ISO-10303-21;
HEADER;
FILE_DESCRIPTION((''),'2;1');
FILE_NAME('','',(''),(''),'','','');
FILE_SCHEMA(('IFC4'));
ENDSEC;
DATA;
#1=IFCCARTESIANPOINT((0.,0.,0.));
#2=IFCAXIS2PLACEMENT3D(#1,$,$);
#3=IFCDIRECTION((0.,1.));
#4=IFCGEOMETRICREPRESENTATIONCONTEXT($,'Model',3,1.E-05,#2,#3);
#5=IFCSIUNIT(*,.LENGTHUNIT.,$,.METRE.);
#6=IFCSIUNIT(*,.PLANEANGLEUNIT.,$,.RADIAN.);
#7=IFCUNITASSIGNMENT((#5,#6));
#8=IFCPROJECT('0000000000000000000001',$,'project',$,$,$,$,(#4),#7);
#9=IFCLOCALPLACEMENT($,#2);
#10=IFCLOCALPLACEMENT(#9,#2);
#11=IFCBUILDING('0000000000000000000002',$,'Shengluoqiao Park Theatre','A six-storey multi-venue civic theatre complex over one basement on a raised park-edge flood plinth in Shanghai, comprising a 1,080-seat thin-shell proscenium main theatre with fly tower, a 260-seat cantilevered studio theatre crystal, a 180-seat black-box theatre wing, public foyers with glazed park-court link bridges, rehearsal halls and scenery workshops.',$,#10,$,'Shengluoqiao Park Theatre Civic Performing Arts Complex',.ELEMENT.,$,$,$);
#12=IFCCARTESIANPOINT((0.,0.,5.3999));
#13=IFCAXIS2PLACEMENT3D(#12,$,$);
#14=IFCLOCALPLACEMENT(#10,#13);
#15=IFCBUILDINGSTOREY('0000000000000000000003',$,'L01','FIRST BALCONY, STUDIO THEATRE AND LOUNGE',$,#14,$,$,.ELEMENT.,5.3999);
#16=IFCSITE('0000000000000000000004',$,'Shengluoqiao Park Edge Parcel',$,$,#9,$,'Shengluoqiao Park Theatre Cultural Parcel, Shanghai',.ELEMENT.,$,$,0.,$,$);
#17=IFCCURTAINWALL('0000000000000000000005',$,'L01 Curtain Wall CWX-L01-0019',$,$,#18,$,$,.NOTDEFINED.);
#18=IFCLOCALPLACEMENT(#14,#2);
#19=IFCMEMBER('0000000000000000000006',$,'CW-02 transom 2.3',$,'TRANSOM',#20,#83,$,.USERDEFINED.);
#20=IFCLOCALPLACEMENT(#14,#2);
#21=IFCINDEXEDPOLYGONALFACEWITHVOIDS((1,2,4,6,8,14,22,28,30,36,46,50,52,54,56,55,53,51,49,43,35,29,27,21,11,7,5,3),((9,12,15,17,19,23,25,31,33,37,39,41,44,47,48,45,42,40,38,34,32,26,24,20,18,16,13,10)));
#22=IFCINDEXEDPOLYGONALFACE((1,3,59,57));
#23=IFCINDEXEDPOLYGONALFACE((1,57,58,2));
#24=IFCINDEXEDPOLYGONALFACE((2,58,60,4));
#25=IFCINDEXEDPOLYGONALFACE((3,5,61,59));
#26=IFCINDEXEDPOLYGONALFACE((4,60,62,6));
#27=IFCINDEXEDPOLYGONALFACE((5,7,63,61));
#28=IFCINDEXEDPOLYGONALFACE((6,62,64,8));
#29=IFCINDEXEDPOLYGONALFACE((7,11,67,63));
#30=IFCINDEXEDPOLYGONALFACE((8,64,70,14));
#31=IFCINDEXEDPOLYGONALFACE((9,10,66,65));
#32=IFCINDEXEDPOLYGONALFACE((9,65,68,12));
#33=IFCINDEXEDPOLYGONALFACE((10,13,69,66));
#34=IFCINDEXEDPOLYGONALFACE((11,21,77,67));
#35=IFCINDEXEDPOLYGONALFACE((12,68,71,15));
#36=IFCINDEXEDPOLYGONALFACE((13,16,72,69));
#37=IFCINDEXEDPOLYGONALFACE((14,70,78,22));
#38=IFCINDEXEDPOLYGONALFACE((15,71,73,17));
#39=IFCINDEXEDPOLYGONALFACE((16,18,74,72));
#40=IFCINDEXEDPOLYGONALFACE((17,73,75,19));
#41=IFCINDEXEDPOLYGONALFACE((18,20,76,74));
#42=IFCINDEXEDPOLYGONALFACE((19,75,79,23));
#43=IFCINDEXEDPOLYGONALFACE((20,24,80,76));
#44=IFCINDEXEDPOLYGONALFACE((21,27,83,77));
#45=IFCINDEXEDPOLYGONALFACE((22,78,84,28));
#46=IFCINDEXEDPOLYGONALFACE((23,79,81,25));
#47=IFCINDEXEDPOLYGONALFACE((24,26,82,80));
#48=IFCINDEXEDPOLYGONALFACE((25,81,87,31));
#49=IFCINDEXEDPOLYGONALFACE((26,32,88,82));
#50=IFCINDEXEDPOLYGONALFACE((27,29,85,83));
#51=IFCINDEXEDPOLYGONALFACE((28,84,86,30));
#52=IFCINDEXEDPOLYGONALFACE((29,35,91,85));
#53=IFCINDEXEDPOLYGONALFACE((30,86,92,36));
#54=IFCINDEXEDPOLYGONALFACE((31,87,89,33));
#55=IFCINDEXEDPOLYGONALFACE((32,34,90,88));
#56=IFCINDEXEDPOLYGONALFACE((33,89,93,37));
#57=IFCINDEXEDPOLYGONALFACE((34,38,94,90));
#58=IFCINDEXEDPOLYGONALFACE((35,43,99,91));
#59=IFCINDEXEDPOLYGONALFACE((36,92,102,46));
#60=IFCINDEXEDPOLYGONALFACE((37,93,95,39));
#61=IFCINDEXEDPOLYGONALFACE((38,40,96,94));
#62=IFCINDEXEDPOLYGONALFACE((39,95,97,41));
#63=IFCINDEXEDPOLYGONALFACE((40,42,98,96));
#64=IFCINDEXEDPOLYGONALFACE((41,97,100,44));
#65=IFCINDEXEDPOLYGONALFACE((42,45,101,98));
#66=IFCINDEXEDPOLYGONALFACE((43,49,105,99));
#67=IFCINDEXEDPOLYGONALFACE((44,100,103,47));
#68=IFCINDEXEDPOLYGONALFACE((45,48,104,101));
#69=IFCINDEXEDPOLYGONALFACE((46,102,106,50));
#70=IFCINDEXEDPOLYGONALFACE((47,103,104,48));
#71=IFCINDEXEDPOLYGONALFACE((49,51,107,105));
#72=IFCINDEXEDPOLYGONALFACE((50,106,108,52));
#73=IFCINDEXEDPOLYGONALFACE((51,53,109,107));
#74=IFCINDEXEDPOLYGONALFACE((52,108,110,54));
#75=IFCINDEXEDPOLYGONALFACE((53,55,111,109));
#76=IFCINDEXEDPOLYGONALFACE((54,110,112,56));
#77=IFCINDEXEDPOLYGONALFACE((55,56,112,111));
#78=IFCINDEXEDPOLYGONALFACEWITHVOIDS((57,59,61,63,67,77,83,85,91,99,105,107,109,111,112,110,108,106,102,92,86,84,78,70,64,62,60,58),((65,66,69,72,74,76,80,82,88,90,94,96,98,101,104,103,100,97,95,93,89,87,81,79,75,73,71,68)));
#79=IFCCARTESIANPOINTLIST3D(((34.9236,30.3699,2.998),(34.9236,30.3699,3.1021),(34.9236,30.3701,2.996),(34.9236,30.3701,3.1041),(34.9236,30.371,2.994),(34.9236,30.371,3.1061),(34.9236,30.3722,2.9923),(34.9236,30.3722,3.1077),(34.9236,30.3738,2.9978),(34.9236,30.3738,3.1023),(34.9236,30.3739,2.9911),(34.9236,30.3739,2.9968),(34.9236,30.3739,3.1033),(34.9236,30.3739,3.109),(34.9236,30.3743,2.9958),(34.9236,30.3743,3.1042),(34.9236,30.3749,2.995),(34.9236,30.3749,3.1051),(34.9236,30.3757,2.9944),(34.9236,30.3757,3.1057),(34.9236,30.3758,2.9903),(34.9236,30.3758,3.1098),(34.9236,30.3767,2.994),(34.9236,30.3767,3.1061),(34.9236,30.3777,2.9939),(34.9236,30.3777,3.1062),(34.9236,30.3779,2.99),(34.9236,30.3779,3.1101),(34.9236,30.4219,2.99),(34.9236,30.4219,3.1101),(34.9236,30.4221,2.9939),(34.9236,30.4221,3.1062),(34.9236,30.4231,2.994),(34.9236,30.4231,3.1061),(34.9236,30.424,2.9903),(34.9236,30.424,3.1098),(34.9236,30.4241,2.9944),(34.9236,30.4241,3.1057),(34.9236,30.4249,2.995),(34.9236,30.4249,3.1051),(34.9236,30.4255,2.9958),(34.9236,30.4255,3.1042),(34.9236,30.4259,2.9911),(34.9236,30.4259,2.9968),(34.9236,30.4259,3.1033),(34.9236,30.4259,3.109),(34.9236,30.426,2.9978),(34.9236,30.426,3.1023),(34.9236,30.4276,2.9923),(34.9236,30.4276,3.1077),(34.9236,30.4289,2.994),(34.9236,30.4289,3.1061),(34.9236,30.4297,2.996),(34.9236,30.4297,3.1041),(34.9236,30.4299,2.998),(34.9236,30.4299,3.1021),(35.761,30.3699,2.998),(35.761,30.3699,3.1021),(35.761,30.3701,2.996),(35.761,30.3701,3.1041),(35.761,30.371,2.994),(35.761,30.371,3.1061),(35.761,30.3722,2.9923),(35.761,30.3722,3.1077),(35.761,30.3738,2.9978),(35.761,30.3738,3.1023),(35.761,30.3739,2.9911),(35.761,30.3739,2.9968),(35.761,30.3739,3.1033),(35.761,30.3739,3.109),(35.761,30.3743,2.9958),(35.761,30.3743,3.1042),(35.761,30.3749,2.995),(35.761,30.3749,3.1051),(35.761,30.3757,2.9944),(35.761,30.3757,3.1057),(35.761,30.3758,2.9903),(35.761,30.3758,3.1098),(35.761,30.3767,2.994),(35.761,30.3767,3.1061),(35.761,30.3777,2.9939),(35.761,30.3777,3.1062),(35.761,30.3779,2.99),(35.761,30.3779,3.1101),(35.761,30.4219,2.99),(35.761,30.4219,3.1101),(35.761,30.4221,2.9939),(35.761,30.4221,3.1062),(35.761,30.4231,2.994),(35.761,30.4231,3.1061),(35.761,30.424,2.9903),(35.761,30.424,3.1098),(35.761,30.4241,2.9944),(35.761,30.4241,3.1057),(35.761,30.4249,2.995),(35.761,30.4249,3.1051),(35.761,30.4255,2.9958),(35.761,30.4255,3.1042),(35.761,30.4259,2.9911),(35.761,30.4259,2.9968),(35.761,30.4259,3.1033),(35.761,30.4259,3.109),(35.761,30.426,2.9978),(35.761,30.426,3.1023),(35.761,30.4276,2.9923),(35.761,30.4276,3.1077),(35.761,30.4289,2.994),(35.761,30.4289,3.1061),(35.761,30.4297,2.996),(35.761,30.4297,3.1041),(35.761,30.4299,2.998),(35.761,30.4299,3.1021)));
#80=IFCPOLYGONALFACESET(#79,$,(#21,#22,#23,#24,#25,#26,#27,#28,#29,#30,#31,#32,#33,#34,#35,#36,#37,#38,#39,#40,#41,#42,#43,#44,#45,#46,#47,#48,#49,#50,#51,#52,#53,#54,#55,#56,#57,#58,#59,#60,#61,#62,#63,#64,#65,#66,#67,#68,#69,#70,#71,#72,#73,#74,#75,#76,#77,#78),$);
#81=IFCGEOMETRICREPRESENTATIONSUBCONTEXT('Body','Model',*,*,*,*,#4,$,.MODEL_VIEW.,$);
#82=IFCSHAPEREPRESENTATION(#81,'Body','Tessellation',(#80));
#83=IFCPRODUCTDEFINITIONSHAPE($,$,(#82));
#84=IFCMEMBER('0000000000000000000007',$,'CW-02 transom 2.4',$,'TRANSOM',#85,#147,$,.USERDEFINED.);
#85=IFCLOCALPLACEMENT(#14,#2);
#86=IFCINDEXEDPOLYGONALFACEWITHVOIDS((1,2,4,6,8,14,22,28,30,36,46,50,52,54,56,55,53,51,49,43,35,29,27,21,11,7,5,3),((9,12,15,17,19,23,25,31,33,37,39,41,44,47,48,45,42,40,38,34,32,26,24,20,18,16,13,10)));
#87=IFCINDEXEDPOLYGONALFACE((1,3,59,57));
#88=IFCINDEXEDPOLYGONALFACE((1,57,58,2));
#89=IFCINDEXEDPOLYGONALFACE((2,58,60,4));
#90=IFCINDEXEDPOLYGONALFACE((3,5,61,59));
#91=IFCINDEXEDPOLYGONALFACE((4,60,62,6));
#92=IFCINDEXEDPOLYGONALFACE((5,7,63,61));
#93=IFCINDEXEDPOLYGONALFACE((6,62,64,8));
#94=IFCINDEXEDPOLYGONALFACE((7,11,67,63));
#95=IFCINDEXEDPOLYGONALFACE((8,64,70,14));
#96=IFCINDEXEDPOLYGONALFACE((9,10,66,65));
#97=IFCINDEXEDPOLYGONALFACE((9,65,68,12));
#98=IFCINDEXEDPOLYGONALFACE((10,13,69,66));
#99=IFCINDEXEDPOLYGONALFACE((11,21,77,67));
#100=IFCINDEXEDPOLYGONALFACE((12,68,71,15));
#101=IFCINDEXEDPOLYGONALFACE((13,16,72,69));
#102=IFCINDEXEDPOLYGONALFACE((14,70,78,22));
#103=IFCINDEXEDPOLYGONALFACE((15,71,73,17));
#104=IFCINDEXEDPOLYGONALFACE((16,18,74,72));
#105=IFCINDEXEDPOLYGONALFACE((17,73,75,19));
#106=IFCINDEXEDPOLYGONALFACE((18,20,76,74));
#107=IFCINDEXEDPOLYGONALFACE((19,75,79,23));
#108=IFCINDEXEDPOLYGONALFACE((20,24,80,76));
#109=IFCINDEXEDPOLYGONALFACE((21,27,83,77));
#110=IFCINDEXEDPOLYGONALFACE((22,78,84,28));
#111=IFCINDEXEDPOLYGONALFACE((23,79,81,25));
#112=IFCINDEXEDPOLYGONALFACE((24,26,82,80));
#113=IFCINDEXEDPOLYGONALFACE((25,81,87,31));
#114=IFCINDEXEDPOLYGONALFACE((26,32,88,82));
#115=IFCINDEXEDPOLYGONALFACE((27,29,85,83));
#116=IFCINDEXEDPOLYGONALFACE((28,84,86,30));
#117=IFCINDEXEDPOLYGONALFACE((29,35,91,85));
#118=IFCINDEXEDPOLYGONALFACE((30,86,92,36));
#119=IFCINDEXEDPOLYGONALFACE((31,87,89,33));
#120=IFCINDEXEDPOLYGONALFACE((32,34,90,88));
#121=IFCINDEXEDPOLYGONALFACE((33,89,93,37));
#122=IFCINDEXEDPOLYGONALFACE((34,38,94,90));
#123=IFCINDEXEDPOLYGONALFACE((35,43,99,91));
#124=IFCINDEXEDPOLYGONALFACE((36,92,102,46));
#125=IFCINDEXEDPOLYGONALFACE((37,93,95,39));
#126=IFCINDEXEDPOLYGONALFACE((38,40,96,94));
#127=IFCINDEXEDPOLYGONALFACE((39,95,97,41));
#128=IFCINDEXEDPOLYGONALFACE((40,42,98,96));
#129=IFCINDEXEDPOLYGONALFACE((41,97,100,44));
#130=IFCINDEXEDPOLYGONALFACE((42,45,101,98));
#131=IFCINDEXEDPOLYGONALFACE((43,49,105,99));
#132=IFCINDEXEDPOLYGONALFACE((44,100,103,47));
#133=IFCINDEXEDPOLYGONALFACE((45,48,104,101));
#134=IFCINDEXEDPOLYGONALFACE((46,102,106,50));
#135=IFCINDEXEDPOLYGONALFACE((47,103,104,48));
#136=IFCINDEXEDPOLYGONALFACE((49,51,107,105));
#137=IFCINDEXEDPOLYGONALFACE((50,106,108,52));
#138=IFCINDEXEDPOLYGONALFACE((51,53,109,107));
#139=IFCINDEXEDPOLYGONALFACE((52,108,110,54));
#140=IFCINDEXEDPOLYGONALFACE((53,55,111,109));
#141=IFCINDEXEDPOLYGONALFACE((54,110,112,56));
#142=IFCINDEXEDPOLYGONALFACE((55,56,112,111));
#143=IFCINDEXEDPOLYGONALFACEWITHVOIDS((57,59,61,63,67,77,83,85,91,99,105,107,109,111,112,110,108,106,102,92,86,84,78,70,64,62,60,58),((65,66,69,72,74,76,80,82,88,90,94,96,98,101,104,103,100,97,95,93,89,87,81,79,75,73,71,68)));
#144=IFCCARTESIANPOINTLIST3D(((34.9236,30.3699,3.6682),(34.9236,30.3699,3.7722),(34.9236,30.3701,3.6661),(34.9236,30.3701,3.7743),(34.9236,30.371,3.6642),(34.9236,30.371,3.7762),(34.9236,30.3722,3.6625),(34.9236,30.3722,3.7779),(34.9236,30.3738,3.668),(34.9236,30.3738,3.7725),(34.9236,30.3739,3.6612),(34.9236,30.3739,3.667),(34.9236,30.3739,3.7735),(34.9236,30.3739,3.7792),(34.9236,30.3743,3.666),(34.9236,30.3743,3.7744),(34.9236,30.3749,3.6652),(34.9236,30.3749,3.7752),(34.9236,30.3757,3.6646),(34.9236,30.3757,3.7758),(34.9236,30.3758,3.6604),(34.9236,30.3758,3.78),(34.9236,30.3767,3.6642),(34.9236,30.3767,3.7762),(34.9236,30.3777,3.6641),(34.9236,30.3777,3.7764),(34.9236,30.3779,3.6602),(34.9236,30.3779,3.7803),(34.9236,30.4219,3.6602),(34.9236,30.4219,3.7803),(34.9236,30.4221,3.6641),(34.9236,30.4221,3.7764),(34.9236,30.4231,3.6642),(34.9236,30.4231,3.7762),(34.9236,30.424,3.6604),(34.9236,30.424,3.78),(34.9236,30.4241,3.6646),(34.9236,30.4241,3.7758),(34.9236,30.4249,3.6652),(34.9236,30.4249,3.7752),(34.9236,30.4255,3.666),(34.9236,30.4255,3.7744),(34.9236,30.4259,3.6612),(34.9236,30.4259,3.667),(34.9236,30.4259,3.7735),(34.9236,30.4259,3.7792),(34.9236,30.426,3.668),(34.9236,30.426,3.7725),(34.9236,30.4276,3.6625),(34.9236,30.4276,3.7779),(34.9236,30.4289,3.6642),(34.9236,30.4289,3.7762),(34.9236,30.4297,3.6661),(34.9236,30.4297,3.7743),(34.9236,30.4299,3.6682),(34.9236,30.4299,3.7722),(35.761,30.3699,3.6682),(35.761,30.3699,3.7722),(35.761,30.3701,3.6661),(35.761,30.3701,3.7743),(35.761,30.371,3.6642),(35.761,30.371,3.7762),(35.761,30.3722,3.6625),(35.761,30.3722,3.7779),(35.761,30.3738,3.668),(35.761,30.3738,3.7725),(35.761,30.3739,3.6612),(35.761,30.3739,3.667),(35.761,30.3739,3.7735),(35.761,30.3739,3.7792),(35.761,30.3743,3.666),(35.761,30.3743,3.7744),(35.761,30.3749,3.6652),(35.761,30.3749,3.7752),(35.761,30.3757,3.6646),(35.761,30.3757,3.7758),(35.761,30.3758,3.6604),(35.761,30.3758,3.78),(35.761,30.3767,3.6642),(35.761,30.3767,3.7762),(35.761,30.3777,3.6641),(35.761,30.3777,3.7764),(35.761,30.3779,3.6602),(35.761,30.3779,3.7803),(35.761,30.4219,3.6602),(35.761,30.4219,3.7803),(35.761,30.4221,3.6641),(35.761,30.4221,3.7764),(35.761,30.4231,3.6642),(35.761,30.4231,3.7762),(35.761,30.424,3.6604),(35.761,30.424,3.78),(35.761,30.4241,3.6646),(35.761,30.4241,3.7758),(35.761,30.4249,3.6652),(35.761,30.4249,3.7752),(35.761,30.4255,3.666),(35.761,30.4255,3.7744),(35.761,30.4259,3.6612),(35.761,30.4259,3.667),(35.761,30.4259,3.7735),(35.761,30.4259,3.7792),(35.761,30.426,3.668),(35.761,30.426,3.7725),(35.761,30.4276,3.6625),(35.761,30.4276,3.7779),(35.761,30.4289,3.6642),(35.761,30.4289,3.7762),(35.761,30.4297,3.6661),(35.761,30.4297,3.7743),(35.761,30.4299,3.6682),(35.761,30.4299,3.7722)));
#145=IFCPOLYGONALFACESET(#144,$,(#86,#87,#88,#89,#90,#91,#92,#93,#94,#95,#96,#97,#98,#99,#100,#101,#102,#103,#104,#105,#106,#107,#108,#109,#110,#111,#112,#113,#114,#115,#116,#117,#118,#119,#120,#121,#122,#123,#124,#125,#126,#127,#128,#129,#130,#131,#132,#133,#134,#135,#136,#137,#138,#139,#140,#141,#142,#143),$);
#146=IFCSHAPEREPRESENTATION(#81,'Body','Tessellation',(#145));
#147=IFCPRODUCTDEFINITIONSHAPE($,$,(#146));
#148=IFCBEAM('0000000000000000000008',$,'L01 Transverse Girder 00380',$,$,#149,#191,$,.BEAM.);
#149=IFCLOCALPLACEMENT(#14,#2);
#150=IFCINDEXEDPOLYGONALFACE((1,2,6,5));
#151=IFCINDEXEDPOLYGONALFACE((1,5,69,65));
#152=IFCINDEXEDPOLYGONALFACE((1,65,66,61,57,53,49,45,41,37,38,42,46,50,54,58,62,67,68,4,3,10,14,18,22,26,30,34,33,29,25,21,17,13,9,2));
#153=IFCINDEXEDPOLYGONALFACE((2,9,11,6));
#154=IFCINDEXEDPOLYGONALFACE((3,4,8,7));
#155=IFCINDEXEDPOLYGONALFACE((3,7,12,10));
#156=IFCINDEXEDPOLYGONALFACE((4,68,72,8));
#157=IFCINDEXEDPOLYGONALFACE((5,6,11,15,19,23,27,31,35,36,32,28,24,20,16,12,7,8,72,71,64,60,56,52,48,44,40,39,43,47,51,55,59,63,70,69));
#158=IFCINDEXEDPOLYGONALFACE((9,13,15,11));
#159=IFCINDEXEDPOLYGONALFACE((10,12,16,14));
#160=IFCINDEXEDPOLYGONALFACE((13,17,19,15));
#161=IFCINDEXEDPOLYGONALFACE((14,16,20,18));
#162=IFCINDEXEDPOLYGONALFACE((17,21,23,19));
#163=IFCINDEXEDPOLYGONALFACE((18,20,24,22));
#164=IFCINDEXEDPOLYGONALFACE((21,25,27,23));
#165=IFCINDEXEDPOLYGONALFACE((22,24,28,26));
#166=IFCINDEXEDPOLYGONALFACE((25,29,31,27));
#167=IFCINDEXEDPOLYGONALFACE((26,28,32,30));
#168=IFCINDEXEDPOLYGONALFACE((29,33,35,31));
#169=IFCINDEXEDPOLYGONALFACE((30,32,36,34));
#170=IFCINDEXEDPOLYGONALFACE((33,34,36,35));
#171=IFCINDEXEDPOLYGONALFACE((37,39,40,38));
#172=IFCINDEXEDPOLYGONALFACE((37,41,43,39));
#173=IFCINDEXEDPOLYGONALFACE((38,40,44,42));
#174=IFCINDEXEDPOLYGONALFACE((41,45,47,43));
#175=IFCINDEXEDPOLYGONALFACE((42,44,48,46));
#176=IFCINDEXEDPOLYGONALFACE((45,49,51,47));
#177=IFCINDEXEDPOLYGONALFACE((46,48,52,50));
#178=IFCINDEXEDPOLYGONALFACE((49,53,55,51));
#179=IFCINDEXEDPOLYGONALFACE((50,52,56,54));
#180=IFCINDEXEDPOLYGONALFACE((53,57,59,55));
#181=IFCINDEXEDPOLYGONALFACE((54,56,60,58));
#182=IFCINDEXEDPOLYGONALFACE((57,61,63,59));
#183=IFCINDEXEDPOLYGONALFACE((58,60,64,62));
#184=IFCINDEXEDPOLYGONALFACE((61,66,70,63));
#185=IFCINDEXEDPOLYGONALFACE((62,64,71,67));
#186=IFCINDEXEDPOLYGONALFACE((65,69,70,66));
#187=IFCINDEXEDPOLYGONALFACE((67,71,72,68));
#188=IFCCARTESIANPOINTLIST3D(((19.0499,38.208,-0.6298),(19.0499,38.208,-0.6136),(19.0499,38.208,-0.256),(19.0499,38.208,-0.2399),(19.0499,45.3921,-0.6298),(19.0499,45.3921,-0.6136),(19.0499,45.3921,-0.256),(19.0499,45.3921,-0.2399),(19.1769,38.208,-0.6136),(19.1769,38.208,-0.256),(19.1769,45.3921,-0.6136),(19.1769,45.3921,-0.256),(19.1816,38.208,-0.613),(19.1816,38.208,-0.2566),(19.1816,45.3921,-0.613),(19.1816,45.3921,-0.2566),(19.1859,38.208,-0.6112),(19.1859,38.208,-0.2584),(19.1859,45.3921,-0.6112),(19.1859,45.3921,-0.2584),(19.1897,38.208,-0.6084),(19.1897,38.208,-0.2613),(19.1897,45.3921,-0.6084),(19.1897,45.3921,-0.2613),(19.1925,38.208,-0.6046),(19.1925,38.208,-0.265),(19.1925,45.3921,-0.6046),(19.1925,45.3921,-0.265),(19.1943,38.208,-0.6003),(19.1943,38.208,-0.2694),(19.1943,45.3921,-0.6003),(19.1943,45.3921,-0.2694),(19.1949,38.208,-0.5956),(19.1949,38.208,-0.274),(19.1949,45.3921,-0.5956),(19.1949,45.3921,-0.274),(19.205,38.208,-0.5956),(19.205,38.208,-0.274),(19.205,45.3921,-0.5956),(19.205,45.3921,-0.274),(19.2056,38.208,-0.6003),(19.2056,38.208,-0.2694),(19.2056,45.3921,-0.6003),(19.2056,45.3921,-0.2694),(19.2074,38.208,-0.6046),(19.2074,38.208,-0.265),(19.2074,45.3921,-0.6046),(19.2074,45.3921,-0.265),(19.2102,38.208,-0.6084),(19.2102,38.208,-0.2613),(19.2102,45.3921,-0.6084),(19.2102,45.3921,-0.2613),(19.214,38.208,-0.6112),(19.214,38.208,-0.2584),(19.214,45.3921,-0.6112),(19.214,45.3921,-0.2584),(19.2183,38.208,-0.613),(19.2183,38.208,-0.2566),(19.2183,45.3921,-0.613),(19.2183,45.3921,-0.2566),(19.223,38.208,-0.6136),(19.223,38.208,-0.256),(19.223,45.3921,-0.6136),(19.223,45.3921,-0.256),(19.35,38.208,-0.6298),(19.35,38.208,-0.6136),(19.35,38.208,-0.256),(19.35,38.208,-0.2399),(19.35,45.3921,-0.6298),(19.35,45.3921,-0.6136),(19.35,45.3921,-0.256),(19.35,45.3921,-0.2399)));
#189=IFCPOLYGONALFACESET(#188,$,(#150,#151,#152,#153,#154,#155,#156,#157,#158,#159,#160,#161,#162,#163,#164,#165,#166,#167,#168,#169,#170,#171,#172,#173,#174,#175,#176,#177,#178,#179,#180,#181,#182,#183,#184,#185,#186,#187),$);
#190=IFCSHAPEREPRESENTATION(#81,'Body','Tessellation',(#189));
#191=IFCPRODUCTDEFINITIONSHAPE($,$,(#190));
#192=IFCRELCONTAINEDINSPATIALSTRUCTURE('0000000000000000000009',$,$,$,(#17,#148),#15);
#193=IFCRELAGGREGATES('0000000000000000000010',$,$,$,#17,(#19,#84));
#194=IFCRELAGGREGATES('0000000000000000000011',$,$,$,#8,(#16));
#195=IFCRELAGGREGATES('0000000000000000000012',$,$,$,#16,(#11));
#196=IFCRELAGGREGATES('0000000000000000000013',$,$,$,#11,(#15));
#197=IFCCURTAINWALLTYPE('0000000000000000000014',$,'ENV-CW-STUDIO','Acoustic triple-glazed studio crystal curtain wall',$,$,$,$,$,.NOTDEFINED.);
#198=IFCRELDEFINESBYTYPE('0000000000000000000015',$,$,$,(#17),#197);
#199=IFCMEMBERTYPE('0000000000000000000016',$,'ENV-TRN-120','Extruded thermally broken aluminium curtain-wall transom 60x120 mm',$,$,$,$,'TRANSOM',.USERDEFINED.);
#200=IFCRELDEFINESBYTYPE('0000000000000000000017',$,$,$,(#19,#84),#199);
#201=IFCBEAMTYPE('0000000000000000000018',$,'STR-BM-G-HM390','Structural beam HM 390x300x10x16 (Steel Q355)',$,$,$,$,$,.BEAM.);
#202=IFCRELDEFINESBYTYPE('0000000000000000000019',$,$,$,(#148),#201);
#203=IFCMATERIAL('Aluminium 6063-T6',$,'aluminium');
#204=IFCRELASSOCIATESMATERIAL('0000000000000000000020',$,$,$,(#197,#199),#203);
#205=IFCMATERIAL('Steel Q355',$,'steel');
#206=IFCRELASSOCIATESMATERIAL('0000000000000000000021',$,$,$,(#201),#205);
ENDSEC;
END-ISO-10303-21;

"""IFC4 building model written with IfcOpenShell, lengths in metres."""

from ifc_helpers import new_model, si_unit, direction, frame, origin, origin_2d, place, context, subcontext, project, spatial, hollow_rectangle, i_section, extrude, material, material_profile, profile_set, type_object, element, aggregate, save


model = new_model("IFC4")

# Units and contexts
model_context = context("Model", 3, precision=1e-05, world=origin(), true_north=direction((0.0, 1.0)))
body_context = subcontext(model_context, "Body", "Model", "MODEL_VIEW")
ifc_project = project(units=[si_unit("LENGTHUNIT", "METRE"), si_unit("PLANEANGLEUNIT", "RADIAN")], contexts=[model_context])

# Site, building, storey
site_placement = place(None, origin())
site = spatial("IfcSite", under=ifc_project, at=site_placement, Name="Shengluoqiao Park Edge Parcel", LongName="Shengluoqiao Park Theatre Cultural Parcel, Shanghai", CompositionType="ELEMENT", RefElevation=0.0)
building_placement = place(site_placement, origin())
building = spatial("IfcBuilding", under=site, at=building_placement, Name="Shengluoqiao Park Theatre", Description="A six-storey multi-venue civic theatre complex over one basement on a raised park-edge flood plinth in Shanghai, comprising a 1,080-seat thin-shell proscenium main theatre with fly tower, a 260-seat cantilevered studio theatre crystal, a 180-seat black-box theatre wing, public foyers with glazed park-court link bridges, rehearsal halls and scenery workshops.", LongName="Shengluoqiao Park Theatre Civic Performing Arts Complex", CompositionType="ELEMENT")
storey_placement = place(building_placement, frame((0.0, 0.0, 5.3999)))
storey = spatial("IfcBuildingStorey", under=building, at=storey_placement, Name="L01", Description="FIRST BALCONY, STUDIO THEATRE AND LOUNGE", CompositionType="ELEMENT", Elevation=5.3999)

# Shared definitions
ifc_material_1 = material(Name="Steel Q355", Category="steel")

# Curtain wall, members
ifc_material_2 = material(Name="Aluminium 6063-T6", Category="aluminium")
curtain_wall_type = type_object("IfcCurtainWallType", Name="ENV-CW-STUDIO", Description="Acoustic triple-glazed studio crystal curtain wall", PredefinedType="NOTDEFINED", material=ifc_material_2)
curtain_wall_placement = place(storey_placement, origin())
curtain_wall = element("IfcCurtainWall", 1, at=curtain_wall_placement, inside=storey, type_object=curtain_wall_type, Name="L01 Curtain Wall CWX-L01-0019", PredefinedType="NOTDEFINED")
ifc_material_profile_1 = material_profile(ifc_material_2, hollow_rectangle(XDim=0.0601, YDim=0.1201, WallThickness=0.0039, InnerFilletRadius=0.0039, OuterFilletRadius=0.0081, at=origin_2d()), Name="ALU TRANSOM 120x60x4")
ifc_profile_set_1 = profile_set([ifc_material_profile_1], Name="Aluminium 6063-T6")
member_type_1 = type_object("IfcMemberType", Name="ENV-TRN-120", Description="Extruded thermally broken aluminium curtain-wall transom 60x120 mm", ElementType="TRANSOM", PredefinedType="USERDEFINED", material=ifc_profile_set_1)
member_1_placement = place(storey_placement, frame((34.9236, 30.3999, 3.05), z_axis=(1.0, 0.0, 0.0), x_axis=(0.0, 1.0, 0.0)))
member_1 = element("IfcMember", 2, at=member_1_placement, type_object=member_type_1, Name="CW-02 transom 2.3", ObjectType="TRANSOM", PredefinedType="USERDEFINED", context=body_context, shape_type="SweptSolid", body=[
    extrude(hollow_rectangle(XDim=0.0601, YDim=0.1201, WallThickness=0.0039, InnerFilletRadius=0.0039, OuterFilletRadius=0.0081, at=origin_2d()), origin(), (0.0, 0.0, 1.0), 0.8374),
])
member_2_placement = place(storey_placement, frame((34.9236, 30.3999, 3.7202), z_axis=(1.0, 0.0, 0.0), x_axis=(0.0, 1.0, 0.0)))
member_2 = element("IfcMember", 3, at=member_2_placement, type_object=member_type_1, Name="CW-02 transom 2.4", ObjectType="TRANSOM", PredefinedType="USERDEFINED", context=body_context, shape_type="SweptSolid", body=[
    extrude(hollow_rectangle(XDim=0.0601, YDim=0.1201, WallThickness=0.0039, InnerFilletRadius=0.0039, OuterFilletRadius=0.0081, at=origin_2d()), origin(), (0.0, 0.0, 1.0), 0.8374),
])

# Beam
ifc_material_profile_2 = material_profile(ifc_material_1, i_section(OverallWidth=0.3, OverallDepth=0.3899, WebThickness=0.01, FlangeThickness=0.0161, FilletRadius=0.0181, at=origin_2d()), Name="HM 390x300x10x16")
ifc_profile_set_2 = profile_set([ifc_material_profile_2], Name="Steel Q355")
beam_type_1 = type_object("IfcBeamType", Name="STR-BM-G-HM390", Description="Structural beam HM 390x300x10x16 (Steel Q355)", PredefinedType="BEAM", material=ifc_profile_set_2)
for number, where, z_axis, x_axis, name in (
    (4, (19.2, 38.208, -0.4348), (0.0, 1.0, 0.0), (-1.0, 0.0, 0.0), "L01 Transverse Girder 00380"),
):
    element("IfcBeam", number, at=place(storey_placement, frame(where, z_axis=z_axis, x_axis=x_axis)), inside=storey, type_object=beam_type_1, Name=name, PredefinedType="BEAM", context=body_context, shape_type="SweptSolid", body=[
        extrude(i_section(OverallWidth=0.3, OverallDepth=0.3899, WebThickness=0.01, FlangeThickness=0.0161, FilletRadius=0.0181, at=origin_2d()), origin(), (0.0, 0.0, 1.0), 7.1841),
    ])

aggregate(curtain_wall, [member_1, member_2])

save(model, "model.ifc")
